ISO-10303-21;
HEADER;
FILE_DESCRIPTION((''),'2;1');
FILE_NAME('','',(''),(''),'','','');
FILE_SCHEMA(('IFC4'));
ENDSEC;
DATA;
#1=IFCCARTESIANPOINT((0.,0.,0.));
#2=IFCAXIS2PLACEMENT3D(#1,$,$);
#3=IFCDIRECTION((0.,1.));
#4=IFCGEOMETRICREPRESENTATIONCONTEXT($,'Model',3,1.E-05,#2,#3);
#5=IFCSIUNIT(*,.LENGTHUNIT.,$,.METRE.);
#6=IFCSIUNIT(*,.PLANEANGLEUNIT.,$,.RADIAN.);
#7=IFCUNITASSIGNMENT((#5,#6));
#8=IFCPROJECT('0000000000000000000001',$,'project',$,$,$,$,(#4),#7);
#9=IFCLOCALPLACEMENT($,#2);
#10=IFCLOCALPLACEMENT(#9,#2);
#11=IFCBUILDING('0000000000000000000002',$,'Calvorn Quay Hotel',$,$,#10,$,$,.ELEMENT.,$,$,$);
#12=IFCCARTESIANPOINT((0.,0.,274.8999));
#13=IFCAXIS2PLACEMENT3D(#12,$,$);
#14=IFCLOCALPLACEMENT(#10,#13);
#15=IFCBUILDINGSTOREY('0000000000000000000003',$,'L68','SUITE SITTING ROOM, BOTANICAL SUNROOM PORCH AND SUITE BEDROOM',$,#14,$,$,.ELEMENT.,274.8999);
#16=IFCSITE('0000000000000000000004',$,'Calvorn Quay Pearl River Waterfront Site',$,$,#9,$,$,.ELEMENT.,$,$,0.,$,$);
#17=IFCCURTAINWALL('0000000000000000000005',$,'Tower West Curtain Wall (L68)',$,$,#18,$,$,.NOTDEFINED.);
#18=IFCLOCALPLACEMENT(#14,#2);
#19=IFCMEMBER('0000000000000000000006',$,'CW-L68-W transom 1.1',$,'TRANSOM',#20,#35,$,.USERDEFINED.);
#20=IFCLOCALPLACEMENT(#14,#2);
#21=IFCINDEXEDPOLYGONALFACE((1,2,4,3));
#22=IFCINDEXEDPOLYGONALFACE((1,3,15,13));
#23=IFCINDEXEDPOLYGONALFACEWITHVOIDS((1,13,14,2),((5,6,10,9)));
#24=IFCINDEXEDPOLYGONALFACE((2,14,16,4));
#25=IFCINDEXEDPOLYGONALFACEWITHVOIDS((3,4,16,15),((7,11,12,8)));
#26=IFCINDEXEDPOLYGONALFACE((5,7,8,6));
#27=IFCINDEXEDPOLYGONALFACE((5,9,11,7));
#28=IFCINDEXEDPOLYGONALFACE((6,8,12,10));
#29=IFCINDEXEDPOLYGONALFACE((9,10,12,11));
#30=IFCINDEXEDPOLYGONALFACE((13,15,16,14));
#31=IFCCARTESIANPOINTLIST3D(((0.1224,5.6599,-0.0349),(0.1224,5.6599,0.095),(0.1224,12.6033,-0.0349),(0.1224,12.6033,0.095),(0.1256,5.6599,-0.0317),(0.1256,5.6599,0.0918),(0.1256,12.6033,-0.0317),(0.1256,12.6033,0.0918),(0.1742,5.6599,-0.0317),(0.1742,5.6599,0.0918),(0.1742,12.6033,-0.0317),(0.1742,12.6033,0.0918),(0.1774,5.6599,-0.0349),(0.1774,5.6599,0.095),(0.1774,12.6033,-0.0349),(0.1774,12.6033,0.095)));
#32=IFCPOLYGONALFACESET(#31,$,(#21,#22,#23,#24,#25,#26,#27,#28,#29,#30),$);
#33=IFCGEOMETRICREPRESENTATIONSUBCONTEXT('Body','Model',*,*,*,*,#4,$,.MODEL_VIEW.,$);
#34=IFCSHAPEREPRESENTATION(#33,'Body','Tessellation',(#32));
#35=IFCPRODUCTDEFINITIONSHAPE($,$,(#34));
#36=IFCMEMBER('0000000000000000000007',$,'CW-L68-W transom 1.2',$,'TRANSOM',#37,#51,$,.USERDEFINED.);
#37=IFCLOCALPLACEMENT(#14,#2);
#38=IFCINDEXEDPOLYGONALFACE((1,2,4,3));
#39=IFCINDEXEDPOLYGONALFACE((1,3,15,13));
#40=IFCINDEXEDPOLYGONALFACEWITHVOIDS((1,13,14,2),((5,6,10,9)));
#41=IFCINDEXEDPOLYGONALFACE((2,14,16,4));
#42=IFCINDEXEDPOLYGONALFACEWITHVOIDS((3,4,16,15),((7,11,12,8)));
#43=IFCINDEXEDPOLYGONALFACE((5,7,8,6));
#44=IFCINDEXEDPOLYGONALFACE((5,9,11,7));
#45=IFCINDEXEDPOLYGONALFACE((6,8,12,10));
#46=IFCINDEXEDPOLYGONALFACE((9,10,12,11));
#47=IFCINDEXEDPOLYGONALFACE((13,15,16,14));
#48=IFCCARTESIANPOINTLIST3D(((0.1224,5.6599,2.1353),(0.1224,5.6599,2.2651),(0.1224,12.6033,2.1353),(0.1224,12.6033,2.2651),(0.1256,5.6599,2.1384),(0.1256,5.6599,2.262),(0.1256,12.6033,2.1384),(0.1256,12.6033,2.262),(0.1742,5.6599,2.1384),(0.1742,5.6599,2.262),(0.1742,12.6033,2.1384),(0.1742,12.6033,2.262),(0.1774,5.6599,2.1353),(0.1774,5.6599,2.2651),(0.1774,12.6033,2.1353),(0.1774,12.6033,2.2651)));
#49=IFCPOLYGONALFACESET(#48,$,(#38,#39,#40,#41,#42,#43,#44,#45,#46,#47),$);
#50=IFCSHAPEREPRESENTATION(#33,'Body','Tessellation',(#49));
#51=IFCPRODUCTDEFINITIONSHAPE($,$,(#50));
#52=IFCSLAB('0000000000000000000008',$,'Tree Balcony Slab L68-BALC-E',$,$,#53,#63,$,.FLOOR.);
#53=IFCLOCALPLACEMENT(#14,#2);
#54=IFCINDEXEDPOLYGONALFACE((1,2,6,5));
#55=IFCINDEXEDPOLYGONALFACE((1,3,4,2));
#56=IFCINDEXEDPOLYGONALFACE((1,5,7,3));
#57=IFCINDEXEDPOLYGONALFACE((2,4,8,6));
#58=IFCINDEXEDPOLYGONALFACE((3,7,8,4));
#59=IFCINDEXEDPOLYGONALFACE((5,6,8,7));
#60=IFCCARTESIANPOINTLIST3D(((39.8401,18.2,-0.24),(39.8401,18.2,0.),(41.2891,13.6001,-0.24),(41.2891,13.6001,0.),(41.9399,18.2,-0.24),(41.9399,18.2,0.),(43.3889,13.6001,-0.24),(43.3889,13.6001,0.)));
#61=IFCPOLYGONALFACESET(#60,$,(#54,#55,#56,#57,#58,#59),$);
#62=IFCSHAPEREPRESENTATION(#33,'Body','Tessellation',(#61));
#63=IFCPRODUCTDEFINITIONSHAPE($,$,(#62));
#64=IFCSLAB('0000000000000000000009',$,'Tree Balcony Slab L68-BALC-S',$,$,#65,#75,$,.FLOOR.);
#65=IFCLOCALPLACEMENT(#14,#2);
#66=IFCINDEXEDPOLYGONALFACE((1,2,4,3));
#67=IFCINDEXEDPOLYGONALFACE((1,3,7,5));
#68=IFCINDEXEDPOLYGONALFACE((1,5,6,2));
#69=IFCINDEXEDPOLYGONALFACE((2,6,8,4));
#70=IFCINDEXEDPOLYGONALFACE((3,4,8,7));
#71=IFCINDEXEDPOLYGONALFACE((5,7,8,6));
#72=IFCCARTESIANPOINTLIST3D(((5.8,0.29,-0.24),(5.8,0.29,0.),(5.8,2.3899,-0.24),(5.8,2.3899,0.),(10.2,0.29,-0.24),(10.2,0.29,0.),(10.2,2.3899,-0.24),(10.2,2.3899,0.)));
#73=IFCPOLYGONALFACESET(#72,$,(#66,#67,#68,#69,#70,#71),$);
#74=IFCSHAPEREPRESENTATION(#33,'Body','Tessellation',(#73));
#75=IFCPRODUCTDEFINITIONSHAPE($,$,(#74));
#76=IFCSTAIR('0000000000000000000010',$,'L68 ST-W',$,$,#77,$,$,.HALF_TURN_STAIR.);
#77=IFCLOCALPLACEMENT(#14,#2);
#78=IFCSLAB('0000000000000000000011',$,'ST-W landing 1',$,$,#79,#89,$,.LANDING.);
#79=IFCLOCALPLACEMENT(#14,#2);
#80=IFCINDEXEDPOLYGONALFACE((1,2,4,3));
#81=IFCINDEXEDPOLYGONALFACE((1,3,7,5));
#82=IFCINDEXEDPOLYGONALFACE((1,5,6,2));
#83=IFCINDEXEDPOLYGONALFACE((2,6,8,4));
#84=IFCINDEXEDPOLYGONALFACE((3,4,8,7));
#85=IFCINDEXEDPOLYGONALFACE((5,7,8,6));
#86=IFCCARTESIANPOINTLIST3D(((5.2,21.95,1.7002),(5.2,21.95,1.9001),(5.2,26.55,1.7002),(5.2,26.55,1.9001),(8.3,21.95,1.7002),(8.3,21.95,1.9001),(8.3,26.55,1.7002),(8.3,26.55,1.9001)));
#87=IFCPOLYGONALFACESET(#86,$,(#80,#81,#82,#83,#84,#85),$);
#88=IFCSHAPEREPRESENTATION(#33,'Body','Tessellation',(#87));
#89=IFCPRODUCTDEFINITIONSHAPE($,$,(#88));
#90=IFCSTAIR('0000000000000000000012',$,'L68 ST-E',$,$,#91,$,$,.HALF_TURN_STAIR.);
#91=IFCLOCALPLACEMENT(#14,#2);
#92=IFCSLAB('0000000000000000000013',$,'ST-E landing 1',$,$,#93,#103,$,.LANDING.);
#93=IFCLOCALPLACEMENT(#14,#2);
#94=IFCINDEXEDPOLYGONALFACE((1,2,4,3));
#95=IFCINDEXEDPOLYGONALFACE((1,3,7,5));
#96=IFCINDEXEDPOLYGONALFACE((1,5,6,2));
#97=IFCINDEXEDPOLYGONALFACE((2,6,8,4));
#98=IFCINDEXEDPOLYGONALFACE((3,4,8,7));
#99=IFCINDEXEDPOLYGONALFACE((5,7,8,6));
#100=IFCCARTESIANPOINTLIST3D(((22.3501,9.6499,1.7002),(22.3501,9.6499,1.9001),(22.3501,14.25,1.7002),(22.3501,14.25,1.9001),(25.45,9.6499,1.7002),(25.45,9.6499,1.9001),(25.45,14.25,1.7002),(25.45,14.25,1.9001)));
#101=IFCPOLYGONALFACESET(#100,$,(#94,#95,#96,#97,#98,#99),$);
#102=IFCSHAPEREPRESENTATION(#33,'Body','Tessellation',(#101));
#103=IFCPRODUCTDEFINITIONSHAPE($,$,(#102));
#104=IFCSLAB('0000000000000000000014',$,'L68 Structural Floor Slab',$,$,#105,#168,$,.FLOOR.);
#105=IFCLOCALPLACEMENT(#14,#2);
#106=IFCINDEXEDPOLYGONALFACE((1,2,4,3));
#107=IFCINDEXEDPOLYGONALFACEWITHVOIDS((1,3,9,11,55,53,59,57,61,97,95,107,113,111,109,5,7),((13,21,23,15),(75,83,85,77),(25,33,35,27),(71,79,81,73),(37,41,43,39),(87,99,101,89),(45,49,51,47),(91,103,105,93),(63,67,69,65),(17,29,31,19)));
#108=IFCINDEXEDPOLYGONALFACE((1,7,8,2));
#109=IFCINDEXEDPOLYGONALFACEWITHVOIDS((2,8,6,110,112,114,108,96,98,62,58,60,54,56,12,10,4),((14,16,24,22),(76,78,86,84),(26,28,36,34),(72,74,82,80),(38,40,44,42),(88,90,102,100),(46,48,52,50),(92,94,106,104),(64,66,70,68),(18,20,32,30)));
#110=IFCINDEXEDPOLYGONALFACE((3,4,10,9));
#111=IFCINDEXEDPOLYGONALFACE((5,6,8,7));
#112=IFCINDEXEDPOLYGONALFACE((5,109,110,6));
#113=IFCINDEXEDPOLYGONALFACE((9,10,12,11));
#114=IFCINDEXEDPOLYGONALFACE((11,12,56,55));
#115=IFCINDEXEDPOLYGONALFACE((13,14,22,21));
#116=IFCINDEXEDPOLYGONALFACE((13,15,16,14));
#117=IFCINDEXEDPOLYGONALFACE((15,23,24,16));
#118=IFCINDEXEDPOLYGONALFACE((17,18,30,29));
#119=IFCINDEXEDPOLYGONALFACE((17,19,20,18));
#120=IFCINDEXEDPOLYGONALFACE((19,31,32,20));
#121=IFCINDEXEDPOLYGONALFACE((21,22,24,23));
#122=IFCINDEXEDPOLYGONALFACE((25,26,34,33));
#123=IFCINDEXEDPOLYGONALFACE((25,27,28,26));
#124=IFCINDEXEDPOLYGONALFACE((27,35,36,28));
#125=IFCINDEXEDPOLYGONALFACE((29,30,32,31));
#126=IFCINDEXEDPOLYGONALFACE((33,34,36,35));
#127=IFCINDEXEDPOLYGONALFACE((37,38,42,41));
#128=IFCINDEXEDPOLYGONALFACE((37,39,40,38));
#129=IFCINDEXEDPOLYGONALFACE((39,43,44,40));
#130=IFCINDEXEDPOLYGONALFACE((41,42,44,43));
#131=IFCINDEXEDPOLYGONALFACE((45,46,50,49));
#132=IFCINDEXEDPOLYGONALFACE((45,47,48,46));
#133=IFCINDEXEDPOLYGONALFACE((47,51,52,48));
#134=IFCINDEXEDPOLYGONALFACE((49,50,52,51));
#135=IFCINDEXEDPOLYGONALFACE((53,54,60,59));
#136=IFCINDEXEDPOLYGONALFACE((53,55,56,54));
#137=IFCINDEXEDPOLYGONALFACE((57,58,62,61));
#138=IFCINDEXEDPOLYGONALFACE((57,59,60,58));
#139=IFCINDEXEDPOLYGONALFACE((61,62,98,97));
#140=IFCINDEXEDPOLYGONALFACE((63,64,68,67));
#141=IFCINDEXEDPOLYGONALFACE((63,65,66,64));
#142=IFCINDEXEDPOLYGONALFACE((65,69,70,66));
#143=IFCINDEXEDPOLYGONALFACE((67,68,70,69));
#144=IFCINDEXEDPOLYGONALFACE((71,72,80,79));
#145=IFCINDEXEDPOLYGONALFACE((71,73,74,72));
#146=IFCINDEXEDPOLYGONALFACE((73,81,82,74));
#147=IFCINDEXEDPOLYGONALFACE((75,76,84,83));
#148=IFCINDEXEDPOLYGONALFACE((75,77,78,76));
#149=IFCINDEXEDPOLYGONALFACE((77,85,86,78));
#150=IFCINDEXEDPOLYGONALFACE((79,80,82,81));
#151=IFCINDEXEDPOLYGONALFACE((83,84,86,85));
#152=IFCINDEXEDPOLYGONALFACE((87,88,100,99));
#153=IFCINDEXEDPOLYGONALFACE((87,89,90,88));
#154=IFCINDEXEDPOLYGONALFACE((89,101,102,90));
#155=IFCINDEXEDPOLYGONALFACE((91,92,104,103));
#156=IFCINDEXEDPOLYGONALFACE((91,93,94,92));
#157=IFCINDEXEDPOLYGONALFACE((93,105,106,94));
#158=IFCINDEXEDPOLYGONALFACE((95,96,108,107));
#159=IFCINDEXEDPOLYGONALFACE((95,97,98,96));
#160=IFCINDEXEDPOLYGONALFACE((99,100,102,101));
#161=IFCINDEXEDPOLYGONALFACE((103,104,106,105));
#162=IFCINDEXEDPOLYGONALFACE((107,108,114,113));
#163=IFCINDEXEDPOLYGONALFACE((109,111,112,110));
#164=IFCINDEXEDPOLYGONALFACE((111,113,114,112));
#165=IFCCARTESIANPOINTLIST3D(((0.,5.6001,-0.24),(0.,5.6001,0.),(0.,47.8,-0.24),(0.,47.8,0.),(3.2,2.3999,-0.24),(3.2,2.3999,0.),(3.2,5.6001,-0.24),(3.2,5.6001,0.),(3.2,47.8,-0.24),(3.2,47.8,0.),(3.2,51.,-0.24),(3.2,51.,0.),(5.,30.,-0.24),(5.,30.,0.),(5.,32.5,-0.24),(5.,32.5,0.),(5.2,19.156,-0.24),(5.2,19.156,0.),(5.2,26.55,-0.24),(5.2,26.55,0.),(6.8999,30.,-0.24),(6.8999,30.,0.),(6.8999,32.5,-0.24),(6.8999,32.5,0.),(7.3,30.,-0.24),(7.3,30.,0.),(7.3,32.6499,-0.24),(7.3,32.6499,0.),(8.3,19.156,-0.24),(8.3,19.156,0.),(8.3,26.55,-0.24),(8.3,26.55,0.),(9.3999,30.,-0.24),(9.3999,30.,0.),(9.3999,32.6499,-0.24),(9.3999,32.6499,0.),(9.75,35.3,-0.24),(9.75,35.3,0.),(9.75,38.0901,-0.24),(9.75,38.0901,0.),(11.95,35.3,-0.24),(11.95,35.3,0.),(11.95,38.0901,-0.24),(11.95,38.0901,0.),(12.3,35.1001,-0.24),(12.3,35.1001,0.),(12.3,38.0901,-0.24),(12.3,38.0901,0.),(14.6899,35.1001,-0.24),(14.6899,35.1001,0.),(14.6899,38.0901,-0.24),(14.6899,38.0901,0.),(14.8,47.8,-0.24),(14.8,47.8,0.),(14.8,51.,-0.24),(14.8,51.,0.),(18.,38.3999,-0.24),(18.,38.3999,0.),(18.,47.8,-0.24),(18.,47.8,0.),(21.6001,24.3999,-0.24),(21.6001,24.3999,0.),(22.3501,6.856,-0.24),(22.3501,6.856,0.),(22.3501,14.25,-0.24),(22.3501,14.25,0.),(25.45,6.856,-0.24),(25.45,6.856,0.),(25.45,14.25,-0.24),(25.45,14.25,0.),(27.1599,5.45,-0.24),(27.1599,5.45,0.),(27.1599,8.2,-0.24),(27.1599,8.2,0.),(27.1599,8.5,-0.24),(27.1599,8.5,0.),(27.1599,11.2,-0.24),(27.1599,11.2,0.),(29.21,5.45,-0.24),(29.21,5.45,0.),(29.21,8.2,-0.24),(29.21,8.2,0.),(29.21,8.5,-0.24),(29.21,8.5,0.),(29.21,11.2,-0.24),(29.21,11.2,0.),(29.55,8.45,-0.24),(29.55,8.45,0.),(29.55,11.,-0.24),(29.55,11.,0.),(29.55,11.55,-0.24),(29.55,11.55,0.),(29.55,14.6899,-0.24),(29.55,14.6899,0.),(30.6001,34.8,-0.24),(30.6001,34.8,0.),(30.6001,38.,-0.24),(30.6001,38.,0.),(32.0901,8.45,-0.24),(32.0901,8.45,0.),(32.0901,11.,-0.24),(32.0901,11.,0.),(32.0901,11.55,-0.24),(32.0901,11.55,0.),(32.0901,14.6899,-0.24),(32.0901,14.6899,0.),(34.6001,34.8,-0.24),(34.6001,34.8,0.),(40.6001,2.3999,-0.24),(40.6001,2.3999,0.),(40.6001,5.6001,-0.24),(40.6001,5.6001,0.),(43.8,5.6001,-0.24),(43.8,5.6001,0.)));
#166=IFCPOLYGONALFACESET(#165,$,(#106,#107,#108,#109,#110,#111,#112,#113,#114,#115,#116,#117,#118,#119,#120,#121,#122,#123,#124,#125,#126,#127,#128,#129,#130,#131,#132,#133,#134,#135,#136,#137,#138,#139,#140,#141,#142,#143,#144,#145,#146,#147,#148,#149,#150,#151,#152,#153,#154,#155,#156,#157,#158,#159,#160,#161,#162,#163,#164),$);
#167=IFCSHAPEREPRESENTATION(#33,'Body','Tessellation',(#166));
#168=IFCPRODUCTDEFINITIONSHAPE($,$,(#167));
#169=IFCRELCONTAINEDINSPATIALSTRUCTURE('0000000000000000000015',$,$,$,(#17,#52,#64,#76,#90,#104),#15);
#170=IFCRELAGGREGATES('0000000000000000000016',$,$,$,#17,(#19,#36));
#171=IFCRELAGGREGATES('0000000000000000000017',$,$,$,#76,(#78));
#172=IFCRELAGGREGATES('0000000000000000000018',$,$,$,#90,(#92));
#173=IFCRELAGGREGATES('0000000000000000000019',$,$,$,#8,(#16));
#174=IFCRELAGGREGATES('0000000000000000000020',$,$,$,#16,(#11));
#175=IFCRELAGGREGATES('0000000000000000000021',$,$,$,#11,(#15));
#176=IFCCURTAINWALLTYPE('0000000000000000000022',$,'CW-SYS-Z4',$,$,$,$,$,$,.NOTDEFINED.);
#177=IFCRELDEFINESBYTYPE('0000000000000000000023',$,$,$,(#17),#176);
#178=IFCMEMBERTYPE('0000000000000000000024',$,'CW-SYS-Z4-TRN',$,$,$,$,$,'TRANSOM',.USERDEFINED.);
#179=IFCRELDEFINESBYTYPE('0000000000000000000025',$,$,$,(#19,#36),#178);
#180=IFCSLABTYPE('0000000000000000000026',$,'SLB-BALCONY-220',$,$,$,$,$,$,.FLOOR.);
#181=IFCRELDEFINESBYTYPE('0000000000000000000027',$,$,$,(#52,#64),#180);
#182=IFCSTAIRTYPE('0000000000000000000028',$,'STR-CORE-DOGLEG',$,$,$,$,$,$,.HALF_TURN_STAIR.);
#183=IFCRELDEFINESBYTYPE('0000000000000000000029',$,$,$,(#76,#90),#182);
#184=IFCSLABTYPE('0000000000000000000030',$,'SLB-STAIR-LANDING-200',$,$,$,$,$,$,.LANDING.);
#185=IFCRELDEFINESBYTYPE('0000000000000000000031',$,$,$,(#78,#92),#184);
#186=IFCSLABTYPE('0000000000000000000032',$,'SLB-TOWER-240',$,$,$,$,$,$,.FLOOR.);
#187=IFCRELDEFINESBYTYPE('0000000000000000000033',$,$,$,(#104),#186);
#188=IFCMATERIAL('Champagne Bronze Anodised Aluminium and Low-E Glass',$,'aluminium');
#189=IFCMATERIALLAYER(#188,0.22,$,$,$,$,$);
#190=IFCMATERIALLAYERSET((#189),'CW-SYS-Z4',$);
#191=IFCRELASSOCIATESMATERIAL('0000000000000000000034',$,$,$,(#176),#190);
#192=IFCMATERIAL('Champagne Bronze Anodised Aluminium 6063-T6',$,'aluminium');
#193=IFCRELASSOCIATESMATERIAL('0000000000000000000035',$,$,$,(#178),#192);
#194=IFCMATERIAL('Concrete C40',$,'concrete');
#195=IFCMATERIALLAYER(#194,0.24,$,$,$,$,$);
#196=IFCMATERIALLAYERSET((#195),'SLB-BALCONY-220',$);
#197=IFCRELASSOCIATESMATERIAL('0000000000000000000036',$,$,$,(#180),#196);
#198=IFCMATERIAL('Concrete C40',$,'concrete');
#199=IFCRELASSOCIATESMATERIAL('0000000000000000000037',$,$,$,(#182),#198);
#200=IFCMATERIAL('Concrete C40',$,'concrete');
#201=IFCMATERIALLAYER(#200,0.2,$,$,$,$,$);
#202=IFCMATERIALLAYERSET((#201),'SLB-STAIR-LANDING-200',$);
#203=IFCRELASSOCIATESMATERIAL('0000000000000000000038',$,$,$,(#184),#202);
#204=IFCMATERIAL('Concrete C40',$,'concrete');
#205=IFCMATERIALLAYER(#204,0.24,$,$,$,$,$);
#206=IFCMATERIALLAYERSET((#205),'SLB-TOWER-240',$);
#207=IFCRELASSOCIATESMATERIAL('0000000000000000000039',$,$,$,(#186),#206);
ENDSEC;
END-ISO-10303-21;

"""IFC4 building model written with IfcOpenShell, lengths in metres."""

from ifc_helpers import new_model, si_unit, direction, frame, origin, origin_2d, place, context, subcontext, project, spatial, polyline, hollow_rectangle, outline, extrude, material, layer, layer_set, material_profile, profile_set, type_object, element, aggregate, save


model = new_model("IFC4")

# Units and contexts
model_context = context("Model", 3, precision=1e-05, world=origin(), true_north=direction((0.0, 1.0)))
body_context = subcontext(model_context, "Body", "Model", "MODEL_VIEW")
ifc_project = project(units=[si_unit("LENGTHUNIT", "METRE"), si_unit("PLANEANGLEUNIT", "RADIAN")], contexts=[model_context])

# Site, building, storey
site_placement = place(None, origin())
site = spatial("IfcSite", under=ifc_project, at=site_placement, Name="Calvorn Quay Pearl River Waterfront Site", CompositionType="ELEMENT", RefElevation=0.0)
building_placement = place(site_placement, origin())
building = spatial("IfcBuilding", under=site, at=building_placement, Name="Calvorn Quay Hotel", CompositionType="ELEMENT")
storey_placement = place(building_placement, frame((0.0, 0.0, 274.8999)))
storey = spatial("IfcBuildingStorey", under=building, at=storey_placement, Name="L68", Description="SUITE SITTING ROOM, BOTANICAL SUNROOM PORCH AND SUITE BEDROOM", CompositionType="ELEMENT", Elevation=274.8999)

# Curtain wall, members
ifc_material_1 = material(Name="Champagne Bronze Anodised Aluminium and Low-E Glass", Category="aluminium")
ifc_layer_1 = layer(ifc_material_1, 0.22)
ifc_layer_set_1 = layer_set([ifc_layer_1], Name="CW-SYS-Z4")
curtain_wall_type = type_object("IfcCurtainWallType", Name="CW-SYS-Z4", PredefinedType="NOTDEFINED", material=ifc_layer_set_1)
curtain_wall_placement = place(storey_placement, origin())
curtain_wall = element("IfcCurtainWall", 1, at=curtain_wall_placement, inside=storey, type_object=curtain_wall_type, Name="Tower West Curtain Wall (L68)", PredefinedType="NOTDEFINED")
ifc_material_2 = material(Name="Champagne Bronze Anodised Aluminium 6063-T6", Category="aluminium")
ifc_material_profile_1 = material_profile(ifc_material_2, hollow_rectangle(XDim=0.0549, YDim=0.1299, WallThickness=0.0032, at=origin_2d()), Name="ALU-T130x55x3.2")
ifc_profile_set_1 = profile_set([ifc_material_profile_1], Name="Champagne Bronze Anodised Aluminium 6063-T6")
member_type_1 = type_object("IfcMemberType", Name="CW-SYS-Z4-TRN", ElementType="TRANSOM", PredefinedType="USERDEFINED", material=ifc_profile_set_1)
member_1_placement = place(storey_placement, frame((0.1499, 5.6599, 0.03), z_axis=(0.0, 1.0, 0.0), x_axis=(-1.0, 0.0, 0.0)))
member_1 = element("IfcMember", 2, at=member_1_placement, type_object=member_type_1, Name="CW-L68-W transom 1.1", ObjectType="TRANSOM", PredefinedType="USERDEFINED", context=body_context, shape_type="SweptSolid", body=[
    extrude(hollow_rectangle(XDim=0.0549, YDim=0.1299, WallThickness=0.0032, at=origin_2d()), origin(), (0.0, 0.0, 1.0), 6.9434),
])
member_2_placement = place(storey_placement, frame((0.1499, 5.6599, 2.2002), z_axis=(0.0, 1.0, 0.0), x_axis=(-1.0, 0.0, 0.0)))
member_2 = element("IfcMember", 3, at=member_2_placement, type_object=member_type_1, Name="CW-L68-W transom 1.2", ObjectType="TRANSOM", PredefinedType="USERDEFINED", context=body_context, shape_type="SweptSolid", body=[
    extrude(hollow_rectangle(XDim=0.0549, YDim=0.1299, WallThickness=0.0032, at=origin_2d()), origin(), (0.0, 0.0, 1.0), 6.9434),
])
aggregate(curtain_wall, [member_1, member_2])

# Slabs
ifc_material_3 = material(Name="Concrete C40", Category="concrete")
ifc_layer_2 = layer(ifc_material_3, 0.24)
ifc_layer_set_2 = layer_set([ifc_layer_2], Name="SLB-BALCONY-220")
slab_type_1 = type_object("IfcSlabType", Name="SLB-BALCONY-220", PredefinedType="FLOOR", material=ifc_layer_set_2)
slab_1_placement = place(storey_placement, frame((0.0, 0.0, -0.24)))
element("IfcSlab", 4, at=slab_1_placement, inside=storey, type_object=slab_type_1, Name="Tree Balcony Slab L68-BALC-E", PredefinedType="FLOOR", context=body_context, shape_type="SweptSolid", body=[
    extrude(outline(polyline([(41.2891, 13.6001), (43.3889, 13.6001), (41.9399, 18.2), (39.8401, 18.2), (41.2891, 13.6001)])), origin(), (0.0, 0.0, 1.0), 0.24),
])
slab_2_placement = place(storey_placement, frame((0.0, 0.0, -0.24)))
element("IfcSlab", 5, at=slab_2_placement, inside=storey, type_object=slab_type_1, Name="Tree Balcony Slab L68-BALC-S", PredefinedType="FLOOR", context=body_context, shape_type="SweptSolid", body=[
    extrude(outline(polyline([(5.8, 0.29), (10.2, 0.29), (10.2, 2.3899), (5.8, 2.3899), (5.8, 0.29)])), origin(), (0.0, 0.0, 1.0), 0.24),
])

# Stairs, slabs
ifc_material_4 = material(Name="Concrete C40", Category="concrete")
stair_type = type_object("IfcStairType", Name="STR-CORE-DOGLEG", PredefinedType="HALF_TURN_STAIR", material=ifc_material_4)
stair_1_placement = place(storey_placement, origin())
stair_1 = element("IfcStair", 6, at=stair_1_placement, inside=storey, type_object=stair_type, Name="L68 ST-W", PredefinedType="HALF_TURN_STAIR")
ifc_material_5 = material(Name="Concrete C40", Category="concrete")
ifc_layer_3 = layer(ifc_material_5, 0.2)
ifc_layer_set_3 = layer_set([ifc_layer_3], Name="SLB-STAIR-LANDING-200")
slab_type_2 = type_object("IfcSlabType", Name="SLB-STAIR-LANDING-200", PredefinedType="LANDING", material=ifc_layer_set_3)
slab_3_placement = place(storey_placement, frame((0.0, 0.0, 1.7002)))
slab_3 = element("IfcSlab", 7, at=slab_3_placement, type_object=slab_type_2, Name="ST-W landing 1", PredefinedType="LANDING", context=body_context, shape_type="SweptSolid", body=[
    extrude(outline(polyline([(8.3, 21.95), (8.3, 26.55), (5.2, 26.55), (5.2, 21.95), (8.3, 21.95)])), origin(), (0.0, 0.0, 1.0), 0.2),
])
aggregate(stair_1, [slab_3])
stair_2_placement = place(storey_placement, origin())
stair_2 = element("IfcStair", 8, at=stair_2_placement, inside=storey, type_object=stair_type, Name="L68 ST-E", PredefinedType="HALF_TURN_STAIR")
slab_4_placement = place(storey_placement, frame((0.0, 0.0, 1.7002)))
slab_4 = element("IfcSlab", 9, at=slab_4_placement, type_object=slab_type_2, Name="ST-E landing 1", PredefinedType="LANDING", context=body_context, shape_type="SweptSolid", body=[
    extrude(outline(polyline([(25.45, 9.6499), (25.45, 14.25), (22.3501, 14.25), (22.3501, 9.6499), (25.45, 9.6499)])), origin(), (0.0, 0.0, 1.0), 0.2),
])
aggregate(stair_2, [slab_4])

# Slab
ifc_material_6 = material(Name="Concrete C40", Category="concrete")
ifc_layer_4 = layer(ifc_material_6, 0.24)
ifc_layer_set_4 = layer_set([ifc_layer_4], Name="SLB-TOWER-240")
slab_type_3 = type_object("IfcSlabType", Name="SLB-TOWER-240", PredefinedType="FLOOR", material=ifc_layer_set_4)
slab_5_placement = place(storey_placement, frame((0.0, 0.0, -0.24)))
element("IfcSlab", 10, at=slab_5_placement, inside=storey, type_object=slab_type_3, Name="L68 Structural Floor Slab", PredefinedType="FLOOR", context=body_context, shape_type="SweptSolid", body=[
    extrude(outline(polyline([(0.0, 5.6001), (3.2, 5.6001), (3.2, 2.3999), (40.6001, 2.3999), (40.6001, 5.6001), (43.8, 5.6001), (34.6001, 34.8), (30.6001, 34.8), (30.6001, 38.0), (21.6001, 24.3999), (18.0, 38.3999), (18.0, 47.8), (14.8, 47.8), (14.8, 51.0), (3.2, 51.0), (3.2, 47.8), (0.0, 47.8), (0.0, 5.6001)]), holes=[polyline([(5.2, 19.156), (8.3, 19.156), (8.3, 26.55), (5.2, 26.55), (5.2, 19.156)]), polyline([(22.3501, 6.856), (25.45, 6.856), (25.45, 14.25), (22.3501, 14.25), (22.3501, 6.856)]), polyline([(5.0, 30.0), (6.8999, 30.0), (6.8999, 32.5), (5.0, 32.5), (5.0, 30.0)]), polyline([(7.3, 30.0), (9.3999, 30.0), (9.3999, 32.6499), (7.3, 32.6499), (7.3, 30.0)]), polyline([(27.1599, 8.5), (29.21, 8.5), (29.21, 11.2), (27.1599, 11.2), (27.1599, 8.5)]), polyline([(27.1599, 5.45), (29.21, 5.45), (29.21, 8.2), (27.1599, 8.2), (27.1599, 5.45)]), polyline([(12.3, 35.1001), (14.6899, 35.1001), (14.6899, 38.0901), (12.3, 38.0901), (12.3, 35.1001)]), polyline([(9.75, 35.3), (11.95, 35.3), (11.95, 38.0901), (9.75, 38.0901), (9.75, 35.3)]), polyline([(29.55, 11.55), (32.0901, 11.55), (32.0901, 14.6899), (29.55, 14.6899), (29.55, 11.55)]), polyline([(29.55, 8.45), (32.0901, 8.45), (32.0901, 11.0), (29.55, 11.0), (29.55, 8.45)])]), origin(), (0.0, 0.0, 1.0), 0.24),
])

save(model, "model.ifc")
